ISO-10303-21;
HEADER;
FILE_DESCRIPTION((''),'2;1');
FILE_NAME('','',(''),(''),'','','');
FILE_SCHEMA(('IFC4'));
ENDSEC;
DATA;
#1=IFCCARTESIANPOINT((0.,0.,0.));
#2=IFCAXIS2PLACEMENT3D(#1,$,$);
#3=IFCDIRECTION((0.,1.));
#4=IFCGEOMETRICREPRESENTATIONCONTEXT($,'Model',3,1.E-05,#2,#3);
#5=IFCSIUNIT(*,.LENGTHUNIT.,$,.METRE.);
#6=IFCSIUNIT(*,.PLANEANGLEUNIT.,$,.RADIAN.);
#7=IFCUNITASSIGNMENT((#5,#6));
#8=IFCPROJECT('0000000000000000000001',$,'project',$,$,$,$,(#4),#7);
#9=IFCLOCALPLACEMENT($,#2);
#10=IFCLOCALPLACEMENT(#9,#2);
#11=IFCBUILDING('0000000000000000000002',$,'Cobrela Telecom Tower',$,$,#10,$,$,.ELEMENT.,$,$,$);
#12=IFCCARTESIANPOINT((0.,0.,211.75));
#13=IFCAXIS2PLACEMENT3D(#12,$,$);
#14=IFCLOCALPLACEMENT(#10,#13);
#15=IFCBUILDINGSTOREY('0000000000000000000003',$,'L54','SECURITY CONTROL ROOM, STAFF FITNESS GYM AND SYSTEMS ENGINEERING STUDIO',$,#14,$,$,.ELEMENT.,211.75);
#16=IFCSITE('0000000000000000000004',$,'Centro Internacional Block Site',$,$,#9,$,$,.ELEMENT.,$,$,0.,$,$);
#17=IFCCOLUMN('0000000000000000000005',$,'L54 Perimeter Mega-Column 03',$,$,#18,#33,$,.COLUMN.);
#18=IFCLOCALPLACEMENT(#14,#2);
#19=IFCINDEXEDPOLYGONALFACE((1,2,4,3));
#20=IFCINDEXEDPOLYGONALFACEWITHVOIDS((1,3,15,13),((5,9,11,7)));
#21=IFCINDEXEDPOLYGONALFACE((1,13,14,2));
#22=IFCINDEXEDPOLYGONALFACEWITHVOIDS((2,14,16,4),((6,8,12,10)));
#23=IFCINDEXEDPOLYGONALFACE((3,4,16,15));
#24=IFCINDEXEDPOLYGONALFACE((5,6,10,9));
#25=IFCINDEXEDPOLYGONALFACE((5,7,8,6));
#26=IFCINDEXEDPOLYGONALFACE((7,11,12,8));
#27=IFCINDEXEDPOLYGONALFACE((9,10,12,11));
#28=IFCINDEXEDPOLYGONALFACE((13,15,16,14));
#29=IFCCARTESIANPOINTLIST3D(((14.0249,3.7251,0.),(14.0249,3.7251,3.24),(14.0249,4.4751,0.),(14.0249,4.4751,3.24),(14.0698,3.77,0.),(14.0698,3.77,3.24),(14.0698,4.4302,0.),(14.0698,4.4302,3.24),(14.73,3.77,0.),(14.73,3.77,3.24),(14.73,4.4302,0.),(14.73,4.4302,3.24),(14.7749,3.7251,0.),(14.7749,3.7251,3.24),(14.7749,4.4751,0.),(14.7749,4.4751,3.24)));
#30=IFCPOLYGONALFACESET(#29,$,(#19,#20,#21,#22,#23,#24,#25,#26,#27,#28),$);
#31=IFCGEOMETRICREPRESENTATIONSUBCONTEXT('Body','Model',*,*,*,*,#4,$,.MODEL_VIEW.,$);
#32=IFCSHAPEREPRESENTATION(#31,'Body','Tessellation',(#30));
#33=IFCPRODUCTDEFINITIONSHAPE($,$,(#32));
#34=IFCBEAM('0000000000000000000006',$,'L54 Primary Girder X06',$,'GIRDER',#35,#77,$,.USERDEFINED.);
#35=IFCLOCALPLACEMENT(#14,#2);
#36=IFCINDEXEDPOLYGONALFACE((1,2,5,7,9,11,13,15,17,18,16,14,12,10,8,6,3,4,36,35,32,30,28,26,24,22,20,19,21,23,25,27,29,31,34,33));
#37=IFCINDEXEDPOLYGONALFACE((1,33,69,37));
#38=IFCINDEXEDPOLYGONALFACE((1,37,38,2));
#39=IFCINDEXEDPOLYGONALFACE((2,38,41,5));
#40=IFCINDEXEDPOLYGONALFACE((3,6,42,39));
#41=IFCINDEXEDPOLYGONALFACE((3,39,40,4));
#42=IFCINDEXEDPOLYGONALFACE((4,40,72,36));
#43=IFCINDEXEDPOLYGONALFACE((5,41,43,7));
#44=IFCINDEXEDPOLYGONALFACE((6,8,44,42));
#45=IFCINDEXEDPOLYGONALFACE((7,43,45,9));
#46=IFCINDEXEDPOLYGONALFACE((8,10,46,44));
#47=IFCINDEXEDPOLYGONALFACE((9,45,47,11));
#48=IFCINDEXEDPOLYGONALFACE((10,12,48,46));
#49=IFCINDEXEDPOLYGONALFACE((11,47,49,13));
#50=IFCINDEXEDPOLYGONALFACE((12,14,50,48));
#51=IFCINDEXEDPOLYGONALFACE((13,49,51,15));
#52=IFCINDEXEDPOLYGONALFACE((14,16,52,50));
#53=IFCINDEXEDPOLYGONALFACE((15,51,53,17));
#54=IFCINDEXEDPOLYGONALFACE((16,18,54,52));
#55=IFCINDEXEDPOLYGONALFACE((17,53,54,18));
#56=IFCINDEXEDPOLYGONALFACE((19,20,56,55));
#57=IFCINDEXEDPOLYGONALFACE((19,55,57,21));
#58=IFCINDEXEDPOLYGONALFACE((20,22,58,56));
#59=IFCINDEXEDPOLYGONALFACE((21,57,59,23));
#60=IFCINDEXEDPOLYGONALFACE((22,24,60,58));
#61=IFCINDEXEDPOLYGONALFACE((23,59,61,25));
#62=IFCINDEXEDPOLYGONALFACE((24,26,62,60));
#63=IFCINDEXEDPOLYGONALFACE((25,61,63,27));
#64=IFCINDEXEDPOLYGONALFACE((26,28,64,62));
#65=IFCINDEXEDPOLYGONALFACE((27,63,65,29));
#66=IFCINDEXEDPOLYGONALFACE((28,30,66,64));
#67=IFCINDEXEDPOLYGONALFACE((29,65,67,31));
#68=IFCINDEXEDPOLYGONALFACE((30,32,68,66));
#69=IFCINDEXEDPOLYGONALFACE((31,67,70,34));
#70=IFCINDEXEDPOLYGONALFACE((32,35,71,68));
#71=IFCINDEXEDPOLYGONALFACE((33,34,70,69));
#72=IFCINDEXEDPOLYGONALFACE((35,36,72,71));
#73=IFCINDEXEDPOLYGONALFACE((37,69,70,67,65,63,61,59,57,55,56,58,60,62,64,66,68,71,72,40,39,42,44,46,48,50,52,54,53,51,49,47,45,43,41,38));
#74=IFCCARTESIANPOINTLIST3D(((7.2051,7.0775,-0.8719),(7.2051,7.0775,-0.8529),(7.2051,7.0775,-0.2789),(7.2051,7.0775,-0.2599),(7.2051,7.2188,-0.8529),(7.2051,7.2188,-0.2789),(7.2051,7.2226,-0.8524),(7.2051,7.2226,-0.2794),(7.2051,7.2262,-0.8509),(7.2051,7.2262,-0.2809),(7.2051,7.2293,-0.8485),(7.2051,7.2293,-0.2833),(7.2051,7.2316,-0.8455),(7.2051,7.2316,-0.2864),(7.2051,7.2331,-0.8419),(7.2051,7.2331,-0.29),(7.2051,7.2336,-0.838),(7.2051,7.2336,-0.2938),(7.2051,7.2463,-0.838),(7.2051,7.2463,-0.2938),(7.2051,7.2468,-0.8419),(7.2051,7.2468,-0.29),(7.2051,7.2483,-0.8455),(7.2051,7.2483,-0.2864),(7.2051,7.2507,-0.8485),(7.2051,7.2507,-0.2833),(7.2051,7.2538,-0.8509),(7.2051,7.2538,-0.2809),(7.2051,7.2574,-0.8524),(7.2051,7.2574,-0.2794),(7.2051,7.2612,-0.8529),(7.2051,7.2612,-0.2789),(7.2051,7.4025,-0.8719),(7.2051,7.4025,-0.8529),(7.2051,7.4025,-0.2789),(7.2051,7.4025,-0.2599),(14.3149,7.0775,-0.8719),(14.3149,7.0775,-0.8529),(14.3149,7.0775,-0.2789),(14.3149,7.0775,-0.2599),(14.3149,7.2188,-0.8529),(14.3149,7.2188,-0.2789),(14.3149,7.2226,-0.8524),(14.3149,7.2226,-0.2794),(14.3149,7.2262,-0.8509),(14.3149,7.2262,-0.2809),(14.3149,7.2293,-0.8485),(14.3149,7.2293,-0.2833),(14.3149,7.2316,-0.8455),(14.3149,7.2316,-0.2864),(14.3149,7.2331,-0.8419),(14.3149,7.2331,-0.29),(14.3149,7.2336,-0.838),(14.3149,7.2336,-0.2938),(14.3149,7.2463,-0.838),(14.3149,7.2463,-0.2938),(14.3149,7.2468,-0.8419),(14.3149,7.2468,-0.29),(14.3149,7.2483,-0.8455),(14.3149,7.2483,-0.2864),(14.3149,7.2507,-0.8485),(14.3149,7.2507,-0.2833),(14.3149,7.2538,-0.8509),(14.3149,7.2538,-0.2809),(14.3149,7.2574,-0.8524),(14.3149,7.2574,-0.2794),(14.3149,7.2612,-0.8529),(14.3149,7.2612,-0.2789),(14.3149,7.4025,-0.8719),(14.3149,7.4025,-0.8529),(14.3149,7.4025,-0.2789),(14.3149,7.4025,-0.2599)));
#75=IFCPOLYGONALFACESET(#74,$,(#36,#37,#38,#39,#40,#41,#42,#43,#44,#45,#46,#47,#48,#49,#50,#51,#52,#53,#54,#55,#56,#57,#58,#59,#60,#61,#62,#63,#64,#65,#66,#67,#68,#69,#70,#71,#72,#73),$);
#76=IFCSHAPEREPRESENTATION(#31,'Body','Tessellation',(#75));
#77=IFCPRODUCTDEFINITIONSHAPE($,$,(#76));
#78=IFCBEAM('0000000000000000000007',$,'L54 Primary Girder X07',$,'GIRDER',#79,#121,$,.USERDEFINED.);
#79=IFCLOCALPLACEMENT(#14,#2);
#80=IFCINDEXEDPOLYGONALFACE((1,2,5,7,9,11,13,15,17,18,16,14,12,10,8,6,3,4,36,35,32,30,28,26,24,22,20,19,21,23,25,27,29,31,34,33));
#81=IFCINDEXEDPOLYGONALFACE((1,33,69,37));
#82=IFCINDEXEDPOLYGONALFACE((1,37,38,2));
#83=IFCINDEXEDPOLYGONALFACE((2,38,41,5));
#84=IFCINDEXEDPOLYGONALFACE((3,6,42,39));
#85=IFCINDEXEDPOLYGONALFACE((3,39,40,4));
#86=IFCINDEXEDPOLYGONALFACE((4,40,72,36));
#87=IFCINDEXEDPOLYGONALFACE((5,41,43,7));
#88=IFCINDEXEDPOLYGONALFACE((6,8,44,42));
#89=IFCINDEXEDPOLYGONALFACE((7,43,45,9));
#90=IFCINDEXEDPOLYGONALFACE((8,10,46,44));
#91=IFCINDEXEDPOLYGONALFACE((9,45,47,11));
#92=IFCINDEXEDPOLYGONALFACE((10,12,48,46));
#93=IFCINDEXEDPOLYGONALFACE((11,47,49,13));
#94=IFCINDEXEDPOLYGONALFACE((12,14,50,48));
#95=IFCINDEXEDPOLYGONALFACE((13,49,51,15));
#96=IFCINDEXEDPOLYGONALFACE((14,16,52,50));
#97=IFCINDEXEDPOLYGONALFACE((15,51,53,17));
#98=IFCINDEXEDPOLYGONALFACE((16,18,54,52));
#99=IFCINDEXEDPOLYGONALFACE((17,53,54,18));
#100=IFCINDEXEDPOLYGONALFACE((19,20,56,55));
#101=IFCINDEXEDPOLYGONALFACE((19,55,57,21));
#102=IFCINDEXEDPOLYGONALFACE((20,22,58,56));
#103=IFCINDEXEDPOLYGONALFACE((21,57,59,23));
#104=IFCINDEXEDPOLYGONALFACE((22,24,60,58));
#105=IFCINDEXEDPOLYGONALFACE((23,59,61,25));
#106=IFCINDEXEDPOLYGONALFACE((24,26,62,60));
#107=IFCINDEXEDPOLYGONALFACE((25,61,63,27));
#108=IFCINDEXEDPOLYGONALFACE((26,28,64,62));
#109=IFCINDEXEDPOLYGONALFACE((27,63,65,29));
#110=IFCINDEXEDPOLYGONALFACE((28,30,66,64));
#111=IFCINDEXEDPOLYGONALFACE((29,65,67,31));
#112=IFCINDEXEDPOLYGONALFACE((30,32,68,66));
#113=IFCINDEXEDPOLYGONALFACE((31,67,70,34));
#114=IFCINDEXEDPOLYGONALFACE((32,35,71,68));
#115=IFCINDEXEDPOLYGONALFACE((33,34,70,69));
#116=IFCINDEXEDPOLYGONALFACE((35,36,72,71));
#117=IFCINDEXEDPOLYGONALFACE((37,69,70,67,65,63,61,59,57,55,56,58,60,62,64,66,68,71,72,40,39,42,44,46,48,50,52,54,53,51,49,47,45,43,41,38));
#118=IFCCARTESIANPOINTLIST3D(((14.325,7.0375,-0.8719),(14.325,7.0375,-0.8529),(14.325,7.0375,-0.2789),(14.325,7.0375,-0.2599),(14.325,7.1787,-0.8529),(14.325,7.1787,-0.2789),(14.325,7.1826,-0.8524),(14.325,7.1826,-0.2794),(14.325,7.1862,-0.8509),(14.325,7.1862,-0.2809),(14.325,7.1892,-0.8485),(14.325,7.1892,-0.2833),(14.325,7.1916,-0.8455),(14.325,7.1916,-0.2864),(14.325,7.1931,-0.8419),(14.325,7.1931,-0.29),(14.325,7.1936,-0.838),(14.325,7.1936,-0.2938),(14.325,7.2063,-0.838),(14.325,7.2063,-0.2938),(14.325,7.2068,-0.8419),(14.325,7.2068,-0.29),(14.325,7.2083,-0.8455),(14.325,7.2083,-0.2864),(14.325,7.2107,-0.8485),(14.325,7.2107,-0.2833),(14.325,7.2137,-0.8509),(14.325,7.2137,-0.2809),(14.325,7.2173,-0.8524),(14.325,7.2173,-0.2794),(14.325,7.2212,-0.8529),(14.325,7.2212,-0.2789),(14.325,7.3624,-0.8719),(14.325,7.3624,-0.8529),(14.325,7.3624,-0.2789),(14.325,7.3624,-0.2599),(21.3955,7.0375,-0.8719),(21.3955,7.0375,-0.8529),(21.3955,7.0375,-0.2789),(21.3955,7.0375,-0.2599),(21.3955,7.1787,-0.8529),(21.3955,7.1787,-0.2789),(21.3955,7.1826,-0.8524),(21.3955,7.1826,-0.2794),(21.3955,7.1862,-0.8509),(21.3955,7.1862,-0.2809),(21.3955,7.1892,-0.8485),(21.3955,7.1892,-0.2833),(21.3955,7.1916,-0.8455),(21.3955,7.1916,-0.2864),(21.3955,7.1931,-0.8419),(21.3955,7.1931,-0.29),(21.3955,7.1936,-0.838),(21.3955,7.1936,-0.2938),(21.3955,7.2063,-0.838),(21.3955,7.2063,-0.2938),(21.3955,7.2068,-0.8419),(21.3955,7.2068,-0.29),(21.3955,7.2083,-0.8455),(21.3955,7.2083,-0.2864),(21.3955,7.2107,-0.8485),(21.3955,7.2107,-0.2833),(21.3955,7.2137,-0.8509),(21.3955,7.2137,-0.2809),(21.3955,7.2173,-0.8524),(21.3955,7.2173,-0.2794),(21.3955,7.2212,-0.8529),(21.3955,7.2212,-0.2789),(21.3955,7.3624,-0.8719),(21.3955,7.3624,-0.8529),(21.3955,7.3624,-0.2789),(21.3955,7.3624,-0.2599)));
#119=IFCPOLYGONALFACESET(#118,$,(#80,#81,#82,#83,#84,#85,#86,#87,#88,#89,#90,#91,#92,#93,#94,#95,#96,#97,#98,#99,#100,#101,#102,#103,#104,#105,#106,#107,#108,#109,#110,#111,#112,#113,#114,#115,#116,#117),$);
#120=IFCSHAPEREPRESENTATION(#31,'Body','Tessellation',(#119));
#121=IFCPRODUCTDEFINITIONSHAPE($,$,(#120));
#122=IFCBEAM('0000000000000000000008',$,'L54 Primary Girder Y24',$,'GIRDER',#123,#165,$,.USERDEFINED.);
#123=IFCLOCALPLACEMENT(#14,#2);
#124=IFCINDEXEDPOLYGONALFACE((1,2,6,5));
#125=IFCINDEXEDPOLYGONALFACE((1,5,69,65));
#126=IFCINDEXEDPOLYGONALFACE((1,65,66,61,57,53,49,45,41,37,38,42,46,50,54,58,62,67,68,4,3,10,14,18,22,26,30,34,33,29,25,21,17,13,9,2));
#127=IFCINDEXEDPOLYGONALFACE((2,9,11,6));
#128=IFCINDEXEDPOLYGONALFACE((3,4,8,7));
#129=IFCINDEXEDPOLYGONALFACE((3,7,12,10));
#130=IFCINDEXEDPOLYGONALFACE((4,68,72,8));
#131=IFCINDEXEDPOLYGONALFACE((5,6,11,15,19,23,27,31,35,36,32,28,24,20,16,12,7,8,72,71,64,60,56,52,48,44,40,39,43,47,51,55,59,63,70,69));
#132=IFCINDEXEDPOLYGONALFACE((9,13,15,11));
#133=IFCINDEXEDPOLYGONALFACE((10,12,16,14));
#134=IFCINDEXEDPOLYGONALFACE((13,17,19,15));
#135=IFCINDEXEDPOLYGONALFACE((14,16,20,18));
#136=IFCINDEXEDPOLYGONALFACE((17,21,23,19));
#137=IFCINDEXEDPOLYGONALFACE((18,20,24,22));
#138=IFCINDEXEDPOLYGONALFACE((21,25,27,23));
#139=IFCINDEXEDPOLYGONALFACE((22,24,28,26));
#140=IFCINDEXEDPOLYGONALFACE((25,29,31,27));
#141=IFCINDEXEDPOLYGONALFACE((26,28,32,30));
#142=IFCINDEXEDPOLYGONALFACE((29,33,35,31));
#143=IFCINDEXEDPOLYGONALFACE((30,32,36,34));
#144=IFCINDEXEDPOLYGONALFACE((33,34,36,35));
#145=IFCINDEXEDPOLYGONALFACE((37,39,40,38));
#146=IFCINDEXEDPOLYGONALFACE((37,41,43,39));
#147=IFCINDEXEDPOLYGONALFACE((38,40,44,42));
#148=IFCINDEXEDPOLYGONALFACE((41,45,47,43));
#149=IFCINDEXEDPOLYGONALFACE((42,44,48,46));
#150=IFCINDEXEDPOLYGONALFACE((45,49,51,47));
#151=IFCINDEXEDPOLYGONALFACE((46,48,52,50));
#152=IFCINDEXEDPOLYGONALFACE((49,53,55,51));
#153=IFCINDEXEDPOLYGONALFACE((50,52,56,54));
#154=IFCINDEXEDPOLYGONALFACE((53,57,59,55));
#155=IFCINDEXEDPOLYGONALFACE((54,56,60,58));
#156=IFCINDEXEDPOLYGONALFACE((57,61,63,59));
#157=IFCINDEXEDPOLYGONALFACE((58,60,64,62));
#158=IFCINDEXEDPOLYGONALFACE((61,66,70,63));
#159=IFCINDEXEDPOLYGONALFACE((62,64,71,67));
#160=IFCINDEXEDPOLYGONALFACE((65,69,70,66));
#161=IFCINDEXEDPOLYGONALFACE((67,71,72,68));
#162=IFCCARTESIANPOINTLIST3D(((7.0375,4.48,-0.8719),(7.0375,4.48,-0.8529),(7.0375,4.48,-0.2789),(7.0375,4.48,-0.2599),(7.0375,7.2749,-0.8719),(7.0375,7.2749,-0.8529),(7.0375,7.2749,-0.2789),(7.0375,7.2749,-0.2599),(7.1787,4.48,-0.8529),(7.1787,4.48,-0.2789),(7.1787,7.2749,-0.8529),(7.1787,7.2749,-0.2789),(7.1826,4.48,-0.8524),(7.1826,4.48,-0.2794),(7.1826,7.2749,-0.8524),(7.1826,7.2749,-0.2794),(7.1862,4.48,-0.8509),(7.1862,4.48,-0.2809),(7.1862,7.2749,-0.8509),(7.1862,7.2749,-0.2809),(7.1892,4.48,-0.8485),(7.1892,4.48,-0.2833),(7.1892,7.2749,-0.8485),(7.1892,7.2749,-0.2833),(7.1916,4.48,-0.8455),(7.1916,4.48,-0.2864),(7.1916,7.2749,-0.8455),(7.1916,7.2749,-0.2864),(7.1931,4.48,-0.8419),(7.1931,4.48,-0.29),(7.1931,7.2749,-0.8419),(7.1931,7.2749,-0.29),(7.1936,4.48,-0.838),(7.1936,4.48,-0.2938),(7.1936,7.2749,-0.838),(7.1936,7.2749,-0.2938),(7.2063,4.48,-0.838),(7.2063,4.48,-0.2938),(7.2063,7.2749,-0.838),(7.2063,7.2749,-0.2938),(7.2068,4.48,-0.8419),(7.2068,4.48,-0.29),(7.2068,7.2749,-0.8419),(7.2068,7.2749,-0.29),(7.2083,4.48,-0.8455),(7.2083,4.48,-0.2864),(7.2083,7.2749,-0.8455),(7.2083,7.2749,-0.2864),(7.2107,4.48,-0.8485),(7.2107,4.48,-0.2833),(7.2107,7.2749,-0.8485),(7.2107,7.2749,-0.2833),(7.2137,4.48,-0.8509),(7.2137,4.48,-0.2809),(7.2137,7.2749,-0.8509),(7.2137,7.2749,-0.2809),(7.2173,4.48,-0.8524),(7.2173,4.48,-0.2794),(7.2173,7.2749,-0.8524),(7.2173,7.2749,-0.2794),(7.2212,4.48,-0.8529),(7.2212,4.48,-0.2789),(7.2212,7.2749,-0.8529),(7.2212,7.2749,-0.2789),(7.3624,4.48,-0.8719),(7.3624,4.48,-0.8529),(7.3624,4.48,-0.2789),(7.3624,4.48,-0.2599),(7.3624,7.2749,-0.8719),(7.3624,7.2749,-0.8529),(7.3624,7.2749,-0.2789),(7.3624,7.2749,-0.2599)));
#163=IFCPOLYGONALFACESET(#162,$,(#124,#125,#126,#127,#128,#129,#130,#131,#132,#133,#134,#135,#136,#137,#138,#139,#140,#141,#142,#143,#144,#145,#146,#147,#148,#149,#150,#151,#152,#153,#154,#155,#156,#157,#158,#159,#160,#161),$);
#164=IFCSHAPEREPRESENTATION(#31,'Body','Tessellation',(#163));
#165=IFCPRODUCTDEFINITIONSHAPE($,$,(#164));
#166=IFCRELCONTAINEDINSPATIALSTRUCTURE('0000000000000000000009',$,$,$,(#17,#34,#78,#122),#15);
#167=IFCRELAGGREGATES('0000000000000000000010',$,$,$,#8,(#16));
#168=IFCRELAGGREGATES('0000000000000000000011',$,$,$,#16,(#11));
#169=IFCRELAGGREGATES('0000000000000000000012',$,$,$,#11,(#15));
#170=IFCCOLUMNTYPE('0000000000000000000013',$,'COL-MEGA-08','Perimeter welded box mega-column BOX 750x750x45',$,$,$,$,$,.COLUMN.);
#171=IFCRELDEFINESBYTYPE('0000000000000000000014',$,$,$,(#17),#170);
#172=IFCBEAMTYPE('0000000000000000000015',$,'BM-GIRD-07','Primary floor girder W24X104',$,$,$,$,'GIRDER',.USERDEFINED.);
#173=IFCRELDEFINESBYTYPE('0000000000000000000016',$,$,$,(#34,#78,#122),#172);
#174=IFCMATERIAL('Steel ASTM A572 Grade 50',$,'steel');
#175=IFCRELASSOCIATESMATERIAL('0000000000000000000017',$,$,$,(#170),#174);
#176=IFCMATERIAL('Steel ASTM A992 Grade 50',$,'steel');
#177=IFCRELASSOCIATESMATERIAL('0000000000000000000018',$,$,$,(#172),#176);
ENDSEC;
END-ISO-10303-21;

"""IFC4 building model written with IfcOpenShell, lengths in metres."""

from ifc_helpers import new_model, si_unit, direction, frame, origin, origin_2d, place, context, subcontext, project, spatial, hollow_rectangle, i_section, extrude, material, material_profile, profile_set, type_object, element, save


model = new_model("IFC4")

# Units and contexts
model_context = context("Model", 3, precision=1e-05, world=origin(), true_north=direction((0.0, 1.0)))
body_context = subcontext(model_context, "Body", "Model", "MODEL_VIEW")
ifc_project = project(units=[si_unit("LENGTHUNIT", "METRE"), si_unit("PLANEANGLEUNIT", "RADIAN")], contexts=[model_context])

# Site, building, storey
site_placement = place(None, origin())
site = spatial("IfcSite", under=ifc_project, at=site_placement, Name="Centro Internacional Block Site", CompositionType="ELEMENT", RefElevation=0.0)
building_placement = place(site_placement, origin())
building = spatial("IfcBuilding", under=site, at=building_placement, Name="Cobrela Telecom Tower", CompositionType="ELEMENT")
storey_placement = place(building_placement, frame((0.0, 0.0, 211.75)))
storey = spatial("IfcBuildingStorey", under=building, at=storey_placement, Name="L54", Description="SECURITY CONTROL ROOM, STAFF FITNESS GYM AND SYSTEMS ENGINEERING STUDIO", CompositionType="ELEMENT", Elevation=211.75)

# Column
ifc_material_1 = material(Name="Steel ASTM A572 Grade 50", Category="steel")
ifc_material_profile_1 = material_profile(ifc_material_1, hollow_rectangle(XDim=0.75, YDim=0.75, WallThickness=0.0449, at=origin_2d()), Name="BOX 750x750x45")
ifc_profile_set_1 = profile_set([ifc_material_profile_1], Name="Steel ASTM A572 Grade 50")
column_type = type_object("IfcColumnType", Name="COL-MEGA-08", Description="Perimeter welded box mega-column BOX 750x750x45", PredefinedType="COLUMN", material=ifc_profile_set_1)
column_placement = place(storey_placement, frame((14.3999, 4.1001, 0.0), z_axis=(0.0, 0.0, 1.0), x_axis=(1.0, 0.0, 0.0)))
element("IfcColumn", 1, at=column_placement, inside=storey, type_object=column_type, Name="L54 Perimeter Mega-Column 03", PredefinedType="COLUMN", context=body_context, shape_type="SweptSolid", body=[
    extrude(hollow_rectangle(XDim=0.75, YDim=0.75, WallThickness=0.0449, at=origin_2d()), origin(), (0.0, 0.0, 1.0), 3.24),
])

# Beams
ifc_material_2 = material(Name="Steel ASTM A992 Grade 50", Category="steel")
ifc_material_profile_2 = material_profile(ifc_material_2, i_section(OverallWidth=0.325, OverallDepth=0.6121, WebThickness=0.0127, FlangeThickness=0.019, FilletRadius=0.0149, at=origin_2d()), Name="W24X104")
ifc_profile_set_2 = profile_set([ifc_material_profile_2], Name="Steel ASTM A992 Grade 50")
beam_type_1 = type_object("IfcBeamType", Name="BM-GIRD-07", Description="Primary floor girder W24X104", ElementType="GIRDER", PredefinedType="USERDEFINED", material=ifc_profile_set_2)
beam_1_placement = place(storey_placement, frame((7.2051, 7.24, -0.5659), z_axis=(1.0, 0.0, 0.0), x_axis=(0.0, 1.0, 0.0)))
element("IfcBeam", 2, at=beam_1_placement, inside=storey, type_object=beam_type_1, Name="L54 Primary Girder X06", ObjectType="GIRDER", PredefinedType="USERDEFINED", context=body_context, shape_type="SweptSolid", body=[
    extrude(i_section(OverallWidth=0.325, OverallDepth=0.6121, WebThickness=0.0127, FlangeThickness=0.019, FilletRadius=0.0149, at=origin_2d()), origin(), (0.0, 0.0, 1.0), 7.1099),
])
beam_2_placement = place(storey_placement, frame((14.325, 7.2, -0.5659), z_axis=(1.0, 0.0, 0.0), x_axis=(0.0, 1.0, 0.0)))
element("IfcBeam", 3, at=beam_2_placement, inside=storey, type_object=beam_type_1, Name="L54 Primary Girder X07", ObjectType="GIRDER", PredefinedType="USERDEFINED", context=body_context, shape_type="SweptSolid", body=[
    extrude(i_section(OverallWidth=0.325, OverallDepth=0.6121, WebThickness=0.0127, FlangeThickness=0.019, FilletRadius=0.0149, at=origin_2d()), origin(), (0.0, 0.0, 1.0), 7.0706),
])
beam_3_placement = place(storey_placement, frame((7.2, 4.48, -0.5659), z_axis=(0.0, 1.0, 0.0), x_axis=(-1.0, 0.0, 0.0)))
element("IfcBeam", 4, at=beam_3_placement, inside=storey, type_object=beam_type_1, Name="L54 Primary Girder Y24", ObjectType="GIRDER", PredefinedType="USERDEFINED", context=body_context, shape_type="SweptSolid", body=[
    extrude(i_section(OverallWidth=0.325, OverallDepth=0.6121, WebThickness=0.0127, FlangeThickness=0.019, FilletRadius=0.0149, at=origin_2d()), origin(), (0.0, 0.0, 1.0), 2.7949),
])

save(model, "model.ifc")
